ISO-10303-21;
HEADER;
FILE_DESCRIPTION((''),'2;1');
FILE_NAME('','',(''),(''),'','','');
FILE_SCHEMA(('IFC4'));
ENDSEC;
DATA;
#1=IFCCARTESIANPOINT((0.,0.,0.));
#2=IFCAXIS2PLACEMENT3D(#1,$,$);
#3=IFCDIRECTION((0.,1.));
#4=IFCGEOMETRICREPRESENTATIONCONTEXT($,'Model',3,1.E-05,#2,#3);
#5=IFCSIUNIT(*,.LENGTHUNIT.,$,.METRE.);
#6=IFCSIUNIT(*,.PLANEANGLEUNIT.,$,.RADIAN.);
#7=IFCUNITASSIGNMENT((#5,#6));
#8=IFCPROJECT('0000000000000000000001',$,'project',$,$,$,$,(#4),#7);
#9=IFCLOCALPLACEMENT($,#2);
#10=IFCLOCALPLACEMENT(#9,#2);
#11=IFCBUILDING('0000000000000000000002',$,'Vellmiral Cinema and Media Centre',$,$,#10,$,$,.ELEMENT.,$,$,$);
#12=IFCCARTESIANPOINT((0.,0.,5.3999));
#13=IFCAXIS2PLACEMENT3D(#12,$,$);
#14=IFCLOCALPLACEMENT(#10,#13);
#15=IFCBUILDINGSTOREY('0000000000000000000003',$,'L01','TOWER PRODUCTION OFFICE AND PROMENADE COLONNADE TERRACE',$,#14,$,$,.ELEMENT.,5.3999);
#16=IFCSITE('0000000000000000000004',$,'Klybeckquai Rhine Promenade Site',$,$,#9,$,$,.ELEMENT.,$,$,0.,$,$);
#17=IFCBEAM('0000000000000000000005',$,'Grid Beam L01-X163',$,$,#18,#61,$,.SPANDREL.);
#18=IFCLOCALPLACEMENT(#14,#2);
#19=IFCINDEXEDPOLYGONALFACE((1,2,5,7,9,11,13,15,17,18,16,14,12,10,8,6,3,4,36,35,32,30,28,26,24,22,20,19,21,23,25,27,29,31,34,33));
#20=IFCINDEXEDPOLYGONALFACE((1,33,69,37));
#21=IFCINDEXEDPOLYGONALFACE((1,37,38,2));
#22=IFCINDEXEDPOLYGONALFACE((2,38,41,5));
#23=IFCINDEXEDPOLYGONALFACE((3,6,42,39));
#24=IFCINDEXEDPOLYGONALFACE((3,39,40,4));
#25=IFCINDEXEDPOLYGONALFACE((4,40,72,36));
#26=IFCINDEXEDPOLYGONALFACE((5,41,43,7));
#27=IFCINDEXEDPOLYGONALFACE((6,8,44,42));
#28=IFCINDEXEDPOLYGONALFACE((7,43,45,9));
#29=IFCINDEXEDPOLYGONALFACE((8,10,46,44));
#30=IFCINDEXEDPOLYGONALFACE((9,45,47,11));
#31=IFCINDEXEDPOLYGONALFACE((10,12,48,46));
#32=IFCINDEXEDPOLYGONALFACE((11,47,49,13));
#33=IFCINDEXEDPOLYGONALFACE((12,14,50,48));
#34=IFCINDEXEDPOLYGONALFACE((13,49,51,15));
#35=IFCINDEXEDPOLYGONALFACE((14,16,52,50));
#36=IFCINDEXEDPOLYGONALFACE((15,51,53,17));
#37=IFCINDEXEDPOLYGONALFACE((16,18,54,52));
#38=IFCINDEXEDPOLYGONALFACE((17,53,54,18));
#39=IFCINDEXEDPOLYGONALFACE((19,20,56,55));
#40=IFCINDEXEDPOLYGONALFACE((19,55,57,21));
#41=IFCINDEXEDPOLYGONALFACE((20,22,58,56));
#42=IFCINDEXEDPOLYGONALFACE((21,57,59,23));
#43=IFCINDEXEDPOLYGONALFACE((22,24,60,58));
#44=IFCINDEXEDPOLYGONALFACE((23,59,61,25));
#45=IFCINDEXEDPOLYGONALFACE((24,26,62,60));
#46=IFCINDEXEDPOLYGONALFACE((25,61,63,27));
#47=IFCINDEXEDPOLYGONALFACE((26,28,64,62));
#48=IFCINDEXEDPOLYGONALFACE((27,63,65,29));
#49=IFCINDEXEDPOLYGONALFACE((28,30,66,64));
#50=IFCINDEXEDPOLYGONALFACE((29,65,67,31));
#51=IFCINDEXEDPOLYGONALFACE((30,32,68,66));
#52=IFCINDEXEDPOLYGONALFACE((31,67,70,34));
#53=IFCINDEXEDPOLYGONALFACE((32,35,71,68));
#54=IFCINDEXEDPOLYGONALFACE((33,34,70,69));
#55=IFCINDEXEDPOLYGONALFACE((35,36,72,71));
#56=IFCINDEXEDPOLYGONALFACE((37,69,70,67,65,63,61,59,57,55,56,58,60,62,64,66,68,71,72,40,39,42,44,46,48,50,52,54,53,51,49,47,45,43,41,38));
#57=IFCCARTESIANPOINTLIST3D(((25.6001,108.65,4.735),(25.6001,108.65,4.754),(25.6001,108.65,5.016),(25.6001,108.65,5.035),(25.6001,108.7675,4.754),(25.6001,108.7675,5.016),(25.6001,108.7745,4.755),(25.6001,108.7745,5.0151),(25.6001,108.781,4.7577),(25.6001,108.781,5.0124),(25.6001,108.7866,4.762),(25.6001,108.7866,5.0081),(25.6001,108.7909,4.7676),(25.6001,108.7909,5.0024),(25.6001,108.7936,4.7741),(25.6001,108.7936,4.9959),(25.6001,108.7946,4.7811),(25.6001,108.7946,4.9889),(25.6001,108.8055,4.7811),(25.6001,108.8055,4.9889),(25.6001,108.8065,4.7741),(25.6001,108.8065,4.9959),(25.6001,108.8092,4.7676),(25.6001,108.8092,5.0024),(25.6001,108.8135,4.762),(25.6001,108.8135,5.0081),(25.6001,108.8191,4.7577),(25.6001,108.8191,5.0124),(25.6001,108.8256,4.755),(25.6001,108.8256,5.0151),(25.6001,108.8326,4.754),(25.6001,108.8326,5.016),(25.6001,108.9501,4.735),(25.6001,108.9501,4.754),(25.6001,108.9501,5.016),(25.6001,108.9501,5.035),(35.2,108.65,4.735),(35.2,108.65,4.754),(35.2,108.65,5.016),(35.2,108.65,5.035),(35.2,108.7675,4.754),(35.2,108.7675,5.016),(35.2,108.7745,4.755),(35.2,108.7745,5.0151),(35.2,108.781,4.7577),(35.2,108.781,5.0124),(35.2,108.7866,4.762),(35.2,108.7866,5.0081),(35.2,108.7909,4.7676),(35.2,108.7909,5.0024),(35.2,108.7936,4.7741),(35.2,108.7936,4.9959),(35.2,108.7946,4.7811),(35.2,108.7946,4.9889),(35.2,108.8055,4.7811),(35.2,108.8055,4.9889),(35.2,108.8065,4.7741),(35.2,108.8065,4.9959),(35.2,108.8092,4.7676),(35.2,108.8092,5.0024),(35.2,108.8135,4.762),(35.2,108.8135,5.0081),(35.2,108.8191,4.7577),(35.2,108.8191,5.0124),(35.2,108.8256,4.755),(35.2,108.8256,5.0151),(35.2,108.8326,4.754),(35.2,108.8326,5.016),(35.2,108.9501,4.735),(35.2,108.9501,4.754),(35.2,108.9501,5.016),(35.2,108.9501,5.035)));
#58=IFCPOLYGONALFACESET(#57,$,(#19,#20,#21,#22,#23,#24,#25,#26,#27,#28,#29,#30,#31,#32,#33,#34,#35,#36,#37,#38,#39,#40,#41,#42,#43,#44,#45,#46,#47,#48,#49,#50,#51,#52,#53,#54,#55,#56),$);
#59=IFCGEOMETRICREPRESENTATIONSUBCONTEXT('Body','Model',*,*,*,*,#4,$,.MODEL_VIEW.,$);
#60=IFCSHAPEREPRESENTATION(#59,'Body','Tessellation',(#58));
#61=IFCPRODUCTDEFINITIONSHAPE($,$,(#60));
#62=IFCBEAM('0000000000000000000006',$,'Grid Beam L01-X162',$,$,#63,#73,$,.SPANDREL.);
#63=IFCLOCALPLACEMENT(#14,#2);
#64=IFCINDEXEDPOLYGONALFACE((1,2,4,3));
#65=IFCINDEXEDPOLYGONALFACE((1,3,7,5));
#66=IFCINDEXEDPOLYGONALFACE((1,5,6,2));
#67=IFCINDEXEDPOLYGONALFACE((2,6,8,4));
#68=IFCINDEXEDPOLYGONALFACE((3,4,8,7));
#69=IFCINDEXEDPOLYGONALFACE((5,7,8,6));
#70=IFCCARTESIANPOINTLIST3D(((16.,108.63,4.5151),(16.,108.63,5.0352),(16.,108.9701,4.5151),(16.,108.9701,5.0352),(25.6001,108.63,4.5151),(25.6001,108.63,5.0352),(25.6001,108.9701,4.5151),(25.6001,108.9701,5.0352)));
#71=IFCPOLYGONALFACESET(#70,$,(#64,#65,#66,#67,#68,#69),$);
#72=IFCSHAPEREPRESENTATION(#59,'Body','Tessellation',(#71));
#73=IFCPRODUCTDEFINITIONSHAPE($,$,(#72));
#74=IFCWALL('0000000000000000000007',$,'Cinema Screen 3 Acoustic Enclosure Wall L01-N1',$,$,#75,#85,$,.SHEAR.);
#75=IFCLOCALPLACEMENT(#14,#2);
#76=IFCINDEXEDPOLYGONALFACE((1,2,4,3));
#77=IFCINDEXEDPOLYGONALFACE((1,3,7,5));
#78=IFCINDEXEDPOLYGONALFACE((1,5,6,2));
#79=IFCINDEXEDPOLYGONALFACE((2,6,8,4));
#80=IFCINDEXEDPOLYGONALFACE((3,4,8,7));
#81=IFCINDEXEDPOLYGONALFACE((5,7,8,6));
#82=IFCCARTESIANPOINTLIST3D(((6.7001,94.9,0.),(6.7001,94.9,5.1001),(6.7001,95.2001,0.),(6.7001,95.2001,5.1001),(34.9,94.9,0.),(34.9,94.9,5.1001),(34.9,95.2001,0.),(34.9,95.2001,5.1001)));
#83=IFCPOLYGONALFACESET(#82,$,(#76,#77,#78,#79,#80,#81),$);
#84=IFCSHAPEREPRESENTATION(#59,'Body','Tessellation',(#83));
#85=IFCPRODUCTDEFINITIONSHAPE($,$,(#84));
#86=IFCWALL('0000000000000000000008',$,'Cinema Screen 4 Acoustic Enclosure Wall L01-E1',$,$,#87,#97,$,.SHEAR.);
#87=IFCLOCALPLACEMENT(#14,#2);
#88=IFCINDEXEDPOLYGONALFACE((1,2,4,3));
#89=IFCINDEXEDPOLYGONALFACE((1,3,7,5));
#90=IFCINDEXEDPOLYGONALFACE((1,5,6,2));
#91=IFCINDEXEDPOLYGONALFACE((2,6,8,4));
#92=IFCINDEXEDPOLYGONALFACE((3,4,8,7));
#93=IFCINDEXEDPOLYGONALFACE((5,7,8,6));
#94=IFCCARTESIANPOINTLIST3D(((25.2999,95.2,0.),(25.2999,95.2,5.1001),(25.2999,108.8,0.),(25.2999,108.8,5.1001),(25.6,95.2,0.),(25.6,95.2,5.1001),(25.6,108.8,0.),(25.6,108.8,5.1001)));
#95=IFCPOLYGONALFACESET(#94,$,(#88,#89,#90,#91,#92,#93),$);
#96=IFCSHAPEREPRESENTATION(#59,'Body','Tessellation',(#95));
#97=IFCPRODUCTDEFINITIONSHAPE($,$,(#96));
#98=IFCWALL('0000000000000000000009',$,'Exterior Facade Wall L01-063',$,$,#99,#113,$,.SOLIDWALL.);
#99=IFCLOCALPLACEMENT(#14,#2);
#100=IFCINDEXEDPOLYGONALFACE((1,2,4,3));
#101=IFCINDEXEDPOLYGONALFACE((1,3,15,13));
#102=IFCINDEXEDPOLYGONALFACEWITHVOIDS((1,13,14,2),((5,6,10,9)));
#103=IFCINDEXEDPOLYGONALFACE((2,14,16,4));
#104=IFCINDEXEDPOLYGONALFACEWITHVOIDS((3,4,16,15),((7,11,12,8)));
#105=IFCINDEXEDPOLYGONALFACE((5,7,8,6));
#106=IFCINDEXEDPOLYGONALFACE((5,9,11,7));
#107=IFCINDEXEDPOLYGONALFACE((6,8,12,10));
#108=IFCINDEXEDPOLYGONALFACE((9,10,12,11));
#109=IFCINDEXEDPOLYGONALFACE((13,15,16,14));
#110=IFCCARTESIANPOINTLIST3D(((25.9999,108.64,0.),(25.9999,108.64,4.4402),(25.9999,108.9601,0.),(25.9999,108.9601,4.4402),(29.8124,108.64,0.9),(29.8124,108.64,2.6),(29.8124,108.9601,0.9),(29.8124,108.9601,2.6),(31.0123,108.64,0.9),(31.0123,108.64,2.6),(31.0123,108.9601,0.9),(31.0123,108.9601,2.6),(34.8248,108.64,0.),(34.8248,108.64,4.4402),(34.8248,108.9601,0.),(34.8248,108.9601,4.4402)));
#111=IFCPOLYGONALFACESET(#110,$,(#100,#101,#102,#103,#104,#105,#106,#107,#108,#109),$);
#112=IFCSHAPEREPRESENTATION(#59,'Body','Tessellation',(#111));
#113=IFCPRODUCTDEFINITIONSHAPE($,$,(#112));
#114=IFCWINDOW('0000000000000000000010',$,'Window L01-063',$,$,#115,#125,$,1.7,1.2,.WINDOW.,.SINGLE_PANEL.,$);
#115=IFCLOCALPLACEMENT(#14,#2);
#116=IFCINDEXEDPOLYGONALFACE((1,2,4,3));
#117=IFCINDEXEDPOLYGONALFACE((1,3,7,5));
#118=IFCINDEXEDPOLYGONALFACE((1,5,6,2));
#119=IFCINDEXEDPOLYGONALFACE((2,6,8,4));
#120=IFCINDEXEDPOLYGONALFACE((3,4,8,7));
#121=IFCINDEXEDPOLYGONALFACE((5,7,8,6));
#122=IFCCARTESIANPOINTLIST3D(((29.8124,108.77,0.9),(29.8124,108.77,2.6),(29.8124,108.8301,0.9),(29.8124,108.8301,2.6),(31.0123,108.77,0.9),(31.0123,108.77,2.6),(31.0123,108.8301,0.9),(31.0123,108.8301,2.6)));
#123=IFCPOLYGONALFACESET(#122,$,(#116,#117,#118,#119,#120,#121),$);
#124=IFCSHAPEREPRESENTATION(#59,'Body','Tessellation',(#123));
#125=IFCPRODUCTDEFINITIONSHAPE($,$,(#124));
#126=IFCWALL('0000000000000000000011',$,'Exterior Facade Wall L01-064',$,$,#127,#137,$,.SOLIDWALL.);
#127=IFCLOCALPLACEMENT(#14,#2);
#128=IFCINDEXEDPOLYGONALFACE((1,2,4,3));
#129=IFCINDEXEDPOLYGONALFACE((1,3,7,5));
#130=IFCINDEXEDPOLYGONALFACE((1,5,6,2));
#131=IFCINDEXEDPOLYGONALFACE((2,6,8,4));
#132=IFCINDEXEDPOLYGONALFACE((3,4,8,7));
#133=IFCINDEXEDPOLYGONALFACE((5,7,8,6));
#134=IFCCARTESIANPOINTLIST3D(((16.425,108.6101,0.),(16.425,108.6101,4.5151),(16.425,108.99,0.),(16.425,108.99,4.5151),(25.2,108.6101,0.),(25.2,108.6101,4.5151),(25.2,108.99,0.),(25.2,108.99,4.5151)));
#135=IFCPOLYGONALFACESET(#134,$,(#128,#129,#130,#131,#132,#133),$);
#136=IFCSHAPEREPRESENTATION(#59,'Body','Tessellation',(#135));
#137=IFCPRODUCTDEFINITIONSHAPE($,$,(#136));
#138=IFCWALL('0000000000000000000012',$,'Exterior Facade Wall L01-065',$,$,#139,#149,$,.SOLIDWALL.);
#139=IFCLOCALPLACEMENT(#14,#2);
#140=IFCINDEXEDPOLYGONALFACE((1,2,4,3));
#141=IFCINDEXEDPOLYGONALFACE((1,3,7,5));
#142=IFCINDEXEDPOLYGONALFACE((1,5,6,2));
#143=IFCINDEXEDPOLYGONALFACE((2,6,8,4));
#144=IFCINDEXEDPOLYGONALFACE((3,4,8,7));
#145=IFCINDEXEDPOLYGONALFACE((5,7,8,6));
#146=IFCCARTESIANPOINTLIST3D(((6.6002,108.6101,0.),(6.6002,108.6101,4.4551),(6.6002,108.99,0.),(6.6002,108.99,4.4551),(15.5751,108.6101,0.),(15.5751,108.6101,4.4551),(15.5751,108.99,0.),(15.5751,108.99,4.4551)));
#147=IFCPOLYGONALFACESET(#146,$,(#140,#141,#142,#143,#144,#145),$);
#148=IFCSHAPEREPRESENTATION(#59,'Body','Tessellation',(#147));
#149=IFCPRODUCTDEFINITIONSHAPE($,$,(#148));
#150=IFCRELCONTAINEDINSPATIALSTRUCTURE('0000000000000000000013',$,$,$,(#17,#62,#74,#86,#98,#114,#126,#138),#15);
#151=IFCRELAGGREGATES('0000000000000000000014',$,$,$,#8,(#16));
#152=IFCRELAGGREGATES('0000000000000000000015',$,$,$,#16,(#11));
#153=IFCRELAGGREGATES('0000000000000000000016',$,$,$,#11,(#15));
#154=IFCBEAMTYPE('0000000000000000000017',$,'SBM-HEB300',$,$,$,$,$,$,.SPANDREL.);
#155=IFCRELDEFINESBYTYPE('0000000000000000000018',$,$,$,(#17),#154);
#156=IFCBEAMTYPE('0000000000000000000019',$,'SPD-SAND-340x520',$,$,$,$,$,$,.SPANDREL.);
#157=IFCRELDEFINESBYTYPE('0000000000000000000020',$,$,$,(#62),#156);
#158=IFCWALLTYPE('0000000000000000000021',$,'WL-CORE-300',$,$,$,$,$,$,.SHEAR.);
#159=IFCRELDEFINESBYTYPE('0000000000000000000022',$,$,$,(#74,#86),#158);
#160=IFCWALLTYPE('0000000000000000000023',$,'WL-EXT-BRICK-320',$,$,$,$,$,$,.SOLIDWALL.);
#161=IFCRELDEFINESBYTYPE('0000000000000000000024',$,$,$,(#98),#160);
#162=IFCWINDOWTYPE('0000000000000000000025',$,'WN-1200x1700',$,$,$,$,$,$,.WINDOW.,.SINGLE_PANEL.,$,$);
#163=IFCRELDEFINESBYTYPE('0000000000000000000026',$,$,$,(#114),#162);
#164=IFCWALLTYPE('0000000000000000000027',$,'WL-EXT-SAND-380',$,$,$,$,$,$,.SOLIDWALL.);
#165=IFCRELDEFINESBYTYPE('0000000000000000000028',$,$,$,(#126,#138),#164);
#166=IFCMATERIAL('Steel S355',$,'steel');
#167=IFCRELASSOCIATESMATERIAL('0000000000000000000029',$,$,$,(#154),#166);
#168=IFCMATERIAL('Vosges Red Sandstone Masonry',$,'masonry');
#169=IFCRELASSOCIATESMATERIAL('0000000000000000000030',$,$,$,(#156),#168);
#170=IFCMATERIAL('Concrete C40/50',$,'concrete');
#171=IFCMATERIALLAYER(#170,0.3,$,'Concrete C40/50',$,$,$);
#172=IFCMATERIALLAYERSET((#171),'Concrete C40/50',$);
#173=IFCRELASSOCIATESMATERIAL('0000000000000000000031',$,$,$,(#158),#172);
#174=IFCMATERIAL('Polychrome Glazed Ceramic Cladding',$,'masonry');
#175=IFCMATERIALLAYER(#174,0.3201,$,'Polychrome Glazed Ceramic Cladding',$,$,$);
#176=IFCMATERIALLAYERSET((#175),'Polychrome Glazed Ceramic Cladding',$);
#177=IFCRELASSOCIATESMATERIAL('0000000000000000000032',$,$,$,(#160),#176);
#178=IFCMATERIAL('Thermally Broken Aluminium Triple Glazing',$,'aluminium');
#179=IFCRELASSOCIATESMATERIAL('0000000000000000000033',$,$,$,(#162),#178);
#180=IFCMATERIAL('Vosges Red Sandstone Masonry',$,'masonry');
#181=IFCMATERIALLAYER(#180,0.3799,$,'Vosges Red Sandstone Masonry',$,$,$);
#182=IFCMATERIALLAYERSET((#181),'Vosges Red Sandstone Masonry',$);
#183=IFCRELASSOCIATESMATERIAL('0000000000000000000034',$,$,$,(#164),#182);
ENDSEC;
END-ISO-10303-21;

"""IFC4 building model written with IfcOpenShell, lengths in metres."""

from ifc_helpers import new_model, si_unit, direction, frame, frame_2d, origin, origin_2d, place, context, subcontext, project, spatial, rectangle, i_section, extrude, material, layer, layer_set, material_profile, profile_set, type_object, element, fill, save


model = new_model("IFC4")

# Units and contexts
model_context = context("Model", 3, precision=1e-05, world=origin(), true_north=direction((0.0, 1.0)))
body_context = subcontext(model_context, "Body", "Model", "MODEL_VIEW")
ifc_project = project(units=[si_unit("LENGTHUNIT", "METRE"), si_unit("PLANEANGLEUNIT", "RADIAN")], contexts=[model_context])

# Site, building, storey
site_placement = place(None, origin())
site = spatial("IfcSite", under=ifc_project, at=site_placement, Name="Klybeckquai Rhine Promenade Site", CompositionType="ELEMENT", RefElevation=0.0)
building_placement = place(site_placement, origin())
building = spatial("IfcBuilding", under=site, at=building_placement, Name="Vellmiral Cinema and Media Centre", CompositionType="ELEMENT")
storey_placement = place(building_placement, frame((0.0, 0.0, 5.3999)))
storey = spatial("IfcBuildingStorey", under=building, at=storey_placement, Name="L01", Description="TOWER PRODUCTION OFFICE AND PROMENADE COLONNADE TERRACE", CompositionType="ELEMENT", Elevation=5.3999)

# Beams
ifc_material_1 = material(Name="Steel S355", Category="steel")
ifc_material_profile_1 = material_profile(ifc_material_1, i_section(OverallWidth=0.3, OverallDepth=0.3, WebThickness=0.011, FlangeThickness=0.019, FilletRadius=0.0271, at=origin_2d()), Name="HEB 300")
ifc_profile_set_1 = profile_set([ifc_material_profile_1], Name="Steel S355")
beam_type_1 = type_object("IfcBeamType", Name="SBM-HEB300", PredefinedType="SPANDREL", material=ifc_profile_set_1)
beam_1_placement = place(storey_placement, frame((25.6001, 108.8, 4.885), z_axis=(1.0, 0.0, 0.0), x_axis=(0.0, 1.0, 0.0)))
element("IfcBeam", 1, at=beam_1_placement, inside=storey, type_object=beam_type_1, Name="Grid Beam L01-X163", PredefinedType="SPANDREL", context=body_context, shape_type="SweptSolid", body=[
    extrude(i_section(OverallWidth=0.3, OverallDepth=0.3, WebThickness=0.011, FlangeThickness=0.019, FilletRadius=0.0271, at=origin_2d()), origin(), (0.0, 0.0, 1.0), 9.5999),
])
ifc_material_2 = material(Name="Vosges Red Sandstone Masonry", Category="masonry")
ifc_material_profile_2 = material_profile(ifc_material_2, rectangle(XDim=0.3401, YDim=0.52, at=origin_2d()), Name="SAND 340x520")
ifc_profile_set_2 = profile_set([ifc_material_profile_2], Name="Vosges Red Sandstone Masonry")
beam_type_2 = type_object("IfcBeamType", Name="SPD-SAND-340x520", PredefinedType="SPANDREL", material=ifc_profile_set_2)
beam_2_placement = place(storey_placement, frame((16.0, 108.8, 4.7751), z_axis=(1.0, 0.0, 0.0), x_axis=(0.0, 1.0, 0.0)))
element("IfcBeam", 2, at=beam_2_placement, inside=storey, type_object=beam_type_2, Name="Grid Beam L01-X162", PredefinedType="SPANDREL", context=body_context, shape_type="SweptSolid", body=[
    extrude(rectangle(XDim=0.3401, YDim=0.52, at=origin_2d()), origin(), (0.0, 0.0, 1.0), 9.6001),
])

# Walls
ifc_material_3 = material(Name="Concrete C40/50", Category="concrete")
ifc_layer_1 = layer(ifc_material_3, 0.3, Name="Concrete C40/50")
ifc_layer_set_1 = layer_set([ifc_layer_1], Name="Concrete C40/50")
wall_type_1 = type_object("IfcWallType", Name="WL-CORE-300", PredefinedType="SHEAR", material=ifc_layer_set_1)
wall_1_placement = place(storey_placement, frame((6.7, 95.05, 0.0), z_axis=(0.0, 0.0, 1.0), x_axis=(1.0, 0.0, 0.0)))
element("IfcWall", 3, at=wall_1_placement, inside=storey, type_object=wall_type_1, Name="Cinema Screen 3 Acoustic Enclosure Wall L01-N1", PredefinedType="SHEAR", context=body_context, shape_type="SweptSolid", body=[
    extrude(rectangle(XDim=28.2, YDim=0.3, at=frame_2d((14.1001, 0.0))), origin(), (0.0, 0.0, 1.0), 5.1001),
])
wall_2_placement = place(storey_placement, frame((25.45, 95.2, 0.0), z_axis=(0.0, 0.0, 1.0), x_axis=(0.0, 1.0, 0.0)))
element("IfcWall", 4, at=wall_2_placement, inside=storey, type_object=wall_type_1, Name="Cinema Screen 4 Acoustic Enclosure Wall L01-E1", PredefinedType="SHEAR", context=body_context, shape_type="SweptSolid", body=[
    extrude(rectangle(XDim=13.6001, YDim=0.3, at=frame_2d((6.8, 0.0))), origin(), (0.0, 0.0, 1.0), 5.1001),
])

# Wall, opening, window
ifc_material_4 = material(Name="Polychrome Glazed Ceramic Cladding", Category="masonry")
ifc_layer_2 = layer(ifc_material_4, 0.3201, Name="Polychrome Glazed Ceramic Cladding")
ifc_layer_set_2 = layer_set([ifc_layer_2], Name="Polychrome Glazed Ceramic Cladding")
wall_type_2 = type_object("IfcWallType", Name="WL-EXT-BRICK-320", PredefinedType="SOLIDWALL", material=ifc_layer_set_2)
wall_3_placement = place(storey_placement, frame((34.825, 108.8, 0.0), z_axis=(0.0, 0.0, 1.0), x_axis=(-1.0, 0.0, 0.0)))
wall_3 = element("IfcWall", 5, at=wall_3_placement, inside=storey, type_object=wall_type_2, Name="Exterior Facade Wall L01-063", PredefinedType="SOLIDWALL", context=body_context, shape_type="SweptSolid", body=[
    extrude(rectangle(XDim=8.825, YDim=0.3201, at=frame_2d((4.4126, 0.0))), origin(), (0.0, 0.0, 1.0), 4.4402),
])
opening_placement = place(wall_3_placement, frame((3.8125, 0.0, 0.8999)))
opening = element("IfcOpeningElement", 6, at=opening_placement, cuts=wall_3, PredefinedType="OPENING", context=body_context, shape_type="SweptSolid", body=[
    extrude(rectangle(XDim=1.2, YDim=1.7, at=frame_2d((0.6001, 0.8501))), frame((0.0, 0.1719, 0.0), z_axis=(0.0, -1.0, 0.0), x_axis=(1.0, 0.0, 0.0)), (0.0, 0.0, 1.0), 0.344),
])
ifc_material_5 = material(Name="Thermally Broken Aluminium Triple Glazing", Category="aluminium")
window_type = type_object("IfcWindowType", Name="WN-1200x1700", PartitioningType="SINGLE_PANEL", PredefinedType="WINDOW", material=ifc_material_5)
window_placement = place(opening_placement, origin())
window = element("IfcWindow", 7, at=window_placement, inside=storey, type_object=window_type, Name="Window L01-063", OverallHeight=1.7, OverallWidth=1.2, PartitioningType="SINGLE_PANEL", PredefinedType="WINDOW", context=body_context, shape_type="SweptSolid", body=[
    extrude(rectangle(XDim=1.2, YDim=1.7, at=frame_2d((0.6001, 0.8501))), frame((0.0, 0.03, 0.0), z_axis=(0.0, -1.0, 0.0), x_axis=(1.0, 0.0, 0.0)), (0.0, 0.0, 1.0), 0.0601),
])
fill(opening, window)

# Walls
ifc_material_6 = material(Name="Vosges Red Sandstone Masonry", Category="masonry")
ifc_layer_3 = layer(ifc_material_6, 0.3799, Name="Vosges Red Sandstone Masonry")
ifc_layer_set_3 = layer_set([ifc_layer_3], Name="Vosges Red Sandstone Masonry")
wall_type_3 = type_object("IfcWallType", Name="WL-EXT-SAND-380", PredefinedType="SOLIDWALL", material=ifc_layer_set_3)
wall_4_placement = place(storey_placement, frame((25.2, 108.8, 0.0), z_axis=(0.0, 0.0, 1.0), x_axis=(-1.0, 0.0, 0.0)))
element("IfcWall", 8, at=wall_4_placement, inside=storey, type_object=wall_type_3, Name="Exterior Facade Wall L01-064", PredefinedType="SOLIDWALL", context=body_context, shape_type="SweptSolid", body=[
    extrude(rectangle(XDim=8.7749, YDim=0.3799, at=frame_2d((4.3875, 0.0))), origin(), (0.0, 0.0, 1.0), 4.5151),
])
wall_5_placement = place(storey_placement, frame((15.575, 108.8, 0.0), z_axis=(0.0, 0.0, 1.0), x_axis=(-1.0, 0.0, 0.0)))
element("IfcWall", 9, at=wall_5_placement, inside=storey, type_object=wall_type_3, Name="Exterior Facade Wall L01-065", PredefinedType="SOLIDWALL", context=body_context, shape_type="SweptSolid", body=[
    extrude(rectangle(XDim=8.9749, YDim=0.3799, at=frame_2d((4.4873, 0.0))), origin(), (0.0, 0.0, 1.0), 4.4551),
])

save(model, "model.ifc")
